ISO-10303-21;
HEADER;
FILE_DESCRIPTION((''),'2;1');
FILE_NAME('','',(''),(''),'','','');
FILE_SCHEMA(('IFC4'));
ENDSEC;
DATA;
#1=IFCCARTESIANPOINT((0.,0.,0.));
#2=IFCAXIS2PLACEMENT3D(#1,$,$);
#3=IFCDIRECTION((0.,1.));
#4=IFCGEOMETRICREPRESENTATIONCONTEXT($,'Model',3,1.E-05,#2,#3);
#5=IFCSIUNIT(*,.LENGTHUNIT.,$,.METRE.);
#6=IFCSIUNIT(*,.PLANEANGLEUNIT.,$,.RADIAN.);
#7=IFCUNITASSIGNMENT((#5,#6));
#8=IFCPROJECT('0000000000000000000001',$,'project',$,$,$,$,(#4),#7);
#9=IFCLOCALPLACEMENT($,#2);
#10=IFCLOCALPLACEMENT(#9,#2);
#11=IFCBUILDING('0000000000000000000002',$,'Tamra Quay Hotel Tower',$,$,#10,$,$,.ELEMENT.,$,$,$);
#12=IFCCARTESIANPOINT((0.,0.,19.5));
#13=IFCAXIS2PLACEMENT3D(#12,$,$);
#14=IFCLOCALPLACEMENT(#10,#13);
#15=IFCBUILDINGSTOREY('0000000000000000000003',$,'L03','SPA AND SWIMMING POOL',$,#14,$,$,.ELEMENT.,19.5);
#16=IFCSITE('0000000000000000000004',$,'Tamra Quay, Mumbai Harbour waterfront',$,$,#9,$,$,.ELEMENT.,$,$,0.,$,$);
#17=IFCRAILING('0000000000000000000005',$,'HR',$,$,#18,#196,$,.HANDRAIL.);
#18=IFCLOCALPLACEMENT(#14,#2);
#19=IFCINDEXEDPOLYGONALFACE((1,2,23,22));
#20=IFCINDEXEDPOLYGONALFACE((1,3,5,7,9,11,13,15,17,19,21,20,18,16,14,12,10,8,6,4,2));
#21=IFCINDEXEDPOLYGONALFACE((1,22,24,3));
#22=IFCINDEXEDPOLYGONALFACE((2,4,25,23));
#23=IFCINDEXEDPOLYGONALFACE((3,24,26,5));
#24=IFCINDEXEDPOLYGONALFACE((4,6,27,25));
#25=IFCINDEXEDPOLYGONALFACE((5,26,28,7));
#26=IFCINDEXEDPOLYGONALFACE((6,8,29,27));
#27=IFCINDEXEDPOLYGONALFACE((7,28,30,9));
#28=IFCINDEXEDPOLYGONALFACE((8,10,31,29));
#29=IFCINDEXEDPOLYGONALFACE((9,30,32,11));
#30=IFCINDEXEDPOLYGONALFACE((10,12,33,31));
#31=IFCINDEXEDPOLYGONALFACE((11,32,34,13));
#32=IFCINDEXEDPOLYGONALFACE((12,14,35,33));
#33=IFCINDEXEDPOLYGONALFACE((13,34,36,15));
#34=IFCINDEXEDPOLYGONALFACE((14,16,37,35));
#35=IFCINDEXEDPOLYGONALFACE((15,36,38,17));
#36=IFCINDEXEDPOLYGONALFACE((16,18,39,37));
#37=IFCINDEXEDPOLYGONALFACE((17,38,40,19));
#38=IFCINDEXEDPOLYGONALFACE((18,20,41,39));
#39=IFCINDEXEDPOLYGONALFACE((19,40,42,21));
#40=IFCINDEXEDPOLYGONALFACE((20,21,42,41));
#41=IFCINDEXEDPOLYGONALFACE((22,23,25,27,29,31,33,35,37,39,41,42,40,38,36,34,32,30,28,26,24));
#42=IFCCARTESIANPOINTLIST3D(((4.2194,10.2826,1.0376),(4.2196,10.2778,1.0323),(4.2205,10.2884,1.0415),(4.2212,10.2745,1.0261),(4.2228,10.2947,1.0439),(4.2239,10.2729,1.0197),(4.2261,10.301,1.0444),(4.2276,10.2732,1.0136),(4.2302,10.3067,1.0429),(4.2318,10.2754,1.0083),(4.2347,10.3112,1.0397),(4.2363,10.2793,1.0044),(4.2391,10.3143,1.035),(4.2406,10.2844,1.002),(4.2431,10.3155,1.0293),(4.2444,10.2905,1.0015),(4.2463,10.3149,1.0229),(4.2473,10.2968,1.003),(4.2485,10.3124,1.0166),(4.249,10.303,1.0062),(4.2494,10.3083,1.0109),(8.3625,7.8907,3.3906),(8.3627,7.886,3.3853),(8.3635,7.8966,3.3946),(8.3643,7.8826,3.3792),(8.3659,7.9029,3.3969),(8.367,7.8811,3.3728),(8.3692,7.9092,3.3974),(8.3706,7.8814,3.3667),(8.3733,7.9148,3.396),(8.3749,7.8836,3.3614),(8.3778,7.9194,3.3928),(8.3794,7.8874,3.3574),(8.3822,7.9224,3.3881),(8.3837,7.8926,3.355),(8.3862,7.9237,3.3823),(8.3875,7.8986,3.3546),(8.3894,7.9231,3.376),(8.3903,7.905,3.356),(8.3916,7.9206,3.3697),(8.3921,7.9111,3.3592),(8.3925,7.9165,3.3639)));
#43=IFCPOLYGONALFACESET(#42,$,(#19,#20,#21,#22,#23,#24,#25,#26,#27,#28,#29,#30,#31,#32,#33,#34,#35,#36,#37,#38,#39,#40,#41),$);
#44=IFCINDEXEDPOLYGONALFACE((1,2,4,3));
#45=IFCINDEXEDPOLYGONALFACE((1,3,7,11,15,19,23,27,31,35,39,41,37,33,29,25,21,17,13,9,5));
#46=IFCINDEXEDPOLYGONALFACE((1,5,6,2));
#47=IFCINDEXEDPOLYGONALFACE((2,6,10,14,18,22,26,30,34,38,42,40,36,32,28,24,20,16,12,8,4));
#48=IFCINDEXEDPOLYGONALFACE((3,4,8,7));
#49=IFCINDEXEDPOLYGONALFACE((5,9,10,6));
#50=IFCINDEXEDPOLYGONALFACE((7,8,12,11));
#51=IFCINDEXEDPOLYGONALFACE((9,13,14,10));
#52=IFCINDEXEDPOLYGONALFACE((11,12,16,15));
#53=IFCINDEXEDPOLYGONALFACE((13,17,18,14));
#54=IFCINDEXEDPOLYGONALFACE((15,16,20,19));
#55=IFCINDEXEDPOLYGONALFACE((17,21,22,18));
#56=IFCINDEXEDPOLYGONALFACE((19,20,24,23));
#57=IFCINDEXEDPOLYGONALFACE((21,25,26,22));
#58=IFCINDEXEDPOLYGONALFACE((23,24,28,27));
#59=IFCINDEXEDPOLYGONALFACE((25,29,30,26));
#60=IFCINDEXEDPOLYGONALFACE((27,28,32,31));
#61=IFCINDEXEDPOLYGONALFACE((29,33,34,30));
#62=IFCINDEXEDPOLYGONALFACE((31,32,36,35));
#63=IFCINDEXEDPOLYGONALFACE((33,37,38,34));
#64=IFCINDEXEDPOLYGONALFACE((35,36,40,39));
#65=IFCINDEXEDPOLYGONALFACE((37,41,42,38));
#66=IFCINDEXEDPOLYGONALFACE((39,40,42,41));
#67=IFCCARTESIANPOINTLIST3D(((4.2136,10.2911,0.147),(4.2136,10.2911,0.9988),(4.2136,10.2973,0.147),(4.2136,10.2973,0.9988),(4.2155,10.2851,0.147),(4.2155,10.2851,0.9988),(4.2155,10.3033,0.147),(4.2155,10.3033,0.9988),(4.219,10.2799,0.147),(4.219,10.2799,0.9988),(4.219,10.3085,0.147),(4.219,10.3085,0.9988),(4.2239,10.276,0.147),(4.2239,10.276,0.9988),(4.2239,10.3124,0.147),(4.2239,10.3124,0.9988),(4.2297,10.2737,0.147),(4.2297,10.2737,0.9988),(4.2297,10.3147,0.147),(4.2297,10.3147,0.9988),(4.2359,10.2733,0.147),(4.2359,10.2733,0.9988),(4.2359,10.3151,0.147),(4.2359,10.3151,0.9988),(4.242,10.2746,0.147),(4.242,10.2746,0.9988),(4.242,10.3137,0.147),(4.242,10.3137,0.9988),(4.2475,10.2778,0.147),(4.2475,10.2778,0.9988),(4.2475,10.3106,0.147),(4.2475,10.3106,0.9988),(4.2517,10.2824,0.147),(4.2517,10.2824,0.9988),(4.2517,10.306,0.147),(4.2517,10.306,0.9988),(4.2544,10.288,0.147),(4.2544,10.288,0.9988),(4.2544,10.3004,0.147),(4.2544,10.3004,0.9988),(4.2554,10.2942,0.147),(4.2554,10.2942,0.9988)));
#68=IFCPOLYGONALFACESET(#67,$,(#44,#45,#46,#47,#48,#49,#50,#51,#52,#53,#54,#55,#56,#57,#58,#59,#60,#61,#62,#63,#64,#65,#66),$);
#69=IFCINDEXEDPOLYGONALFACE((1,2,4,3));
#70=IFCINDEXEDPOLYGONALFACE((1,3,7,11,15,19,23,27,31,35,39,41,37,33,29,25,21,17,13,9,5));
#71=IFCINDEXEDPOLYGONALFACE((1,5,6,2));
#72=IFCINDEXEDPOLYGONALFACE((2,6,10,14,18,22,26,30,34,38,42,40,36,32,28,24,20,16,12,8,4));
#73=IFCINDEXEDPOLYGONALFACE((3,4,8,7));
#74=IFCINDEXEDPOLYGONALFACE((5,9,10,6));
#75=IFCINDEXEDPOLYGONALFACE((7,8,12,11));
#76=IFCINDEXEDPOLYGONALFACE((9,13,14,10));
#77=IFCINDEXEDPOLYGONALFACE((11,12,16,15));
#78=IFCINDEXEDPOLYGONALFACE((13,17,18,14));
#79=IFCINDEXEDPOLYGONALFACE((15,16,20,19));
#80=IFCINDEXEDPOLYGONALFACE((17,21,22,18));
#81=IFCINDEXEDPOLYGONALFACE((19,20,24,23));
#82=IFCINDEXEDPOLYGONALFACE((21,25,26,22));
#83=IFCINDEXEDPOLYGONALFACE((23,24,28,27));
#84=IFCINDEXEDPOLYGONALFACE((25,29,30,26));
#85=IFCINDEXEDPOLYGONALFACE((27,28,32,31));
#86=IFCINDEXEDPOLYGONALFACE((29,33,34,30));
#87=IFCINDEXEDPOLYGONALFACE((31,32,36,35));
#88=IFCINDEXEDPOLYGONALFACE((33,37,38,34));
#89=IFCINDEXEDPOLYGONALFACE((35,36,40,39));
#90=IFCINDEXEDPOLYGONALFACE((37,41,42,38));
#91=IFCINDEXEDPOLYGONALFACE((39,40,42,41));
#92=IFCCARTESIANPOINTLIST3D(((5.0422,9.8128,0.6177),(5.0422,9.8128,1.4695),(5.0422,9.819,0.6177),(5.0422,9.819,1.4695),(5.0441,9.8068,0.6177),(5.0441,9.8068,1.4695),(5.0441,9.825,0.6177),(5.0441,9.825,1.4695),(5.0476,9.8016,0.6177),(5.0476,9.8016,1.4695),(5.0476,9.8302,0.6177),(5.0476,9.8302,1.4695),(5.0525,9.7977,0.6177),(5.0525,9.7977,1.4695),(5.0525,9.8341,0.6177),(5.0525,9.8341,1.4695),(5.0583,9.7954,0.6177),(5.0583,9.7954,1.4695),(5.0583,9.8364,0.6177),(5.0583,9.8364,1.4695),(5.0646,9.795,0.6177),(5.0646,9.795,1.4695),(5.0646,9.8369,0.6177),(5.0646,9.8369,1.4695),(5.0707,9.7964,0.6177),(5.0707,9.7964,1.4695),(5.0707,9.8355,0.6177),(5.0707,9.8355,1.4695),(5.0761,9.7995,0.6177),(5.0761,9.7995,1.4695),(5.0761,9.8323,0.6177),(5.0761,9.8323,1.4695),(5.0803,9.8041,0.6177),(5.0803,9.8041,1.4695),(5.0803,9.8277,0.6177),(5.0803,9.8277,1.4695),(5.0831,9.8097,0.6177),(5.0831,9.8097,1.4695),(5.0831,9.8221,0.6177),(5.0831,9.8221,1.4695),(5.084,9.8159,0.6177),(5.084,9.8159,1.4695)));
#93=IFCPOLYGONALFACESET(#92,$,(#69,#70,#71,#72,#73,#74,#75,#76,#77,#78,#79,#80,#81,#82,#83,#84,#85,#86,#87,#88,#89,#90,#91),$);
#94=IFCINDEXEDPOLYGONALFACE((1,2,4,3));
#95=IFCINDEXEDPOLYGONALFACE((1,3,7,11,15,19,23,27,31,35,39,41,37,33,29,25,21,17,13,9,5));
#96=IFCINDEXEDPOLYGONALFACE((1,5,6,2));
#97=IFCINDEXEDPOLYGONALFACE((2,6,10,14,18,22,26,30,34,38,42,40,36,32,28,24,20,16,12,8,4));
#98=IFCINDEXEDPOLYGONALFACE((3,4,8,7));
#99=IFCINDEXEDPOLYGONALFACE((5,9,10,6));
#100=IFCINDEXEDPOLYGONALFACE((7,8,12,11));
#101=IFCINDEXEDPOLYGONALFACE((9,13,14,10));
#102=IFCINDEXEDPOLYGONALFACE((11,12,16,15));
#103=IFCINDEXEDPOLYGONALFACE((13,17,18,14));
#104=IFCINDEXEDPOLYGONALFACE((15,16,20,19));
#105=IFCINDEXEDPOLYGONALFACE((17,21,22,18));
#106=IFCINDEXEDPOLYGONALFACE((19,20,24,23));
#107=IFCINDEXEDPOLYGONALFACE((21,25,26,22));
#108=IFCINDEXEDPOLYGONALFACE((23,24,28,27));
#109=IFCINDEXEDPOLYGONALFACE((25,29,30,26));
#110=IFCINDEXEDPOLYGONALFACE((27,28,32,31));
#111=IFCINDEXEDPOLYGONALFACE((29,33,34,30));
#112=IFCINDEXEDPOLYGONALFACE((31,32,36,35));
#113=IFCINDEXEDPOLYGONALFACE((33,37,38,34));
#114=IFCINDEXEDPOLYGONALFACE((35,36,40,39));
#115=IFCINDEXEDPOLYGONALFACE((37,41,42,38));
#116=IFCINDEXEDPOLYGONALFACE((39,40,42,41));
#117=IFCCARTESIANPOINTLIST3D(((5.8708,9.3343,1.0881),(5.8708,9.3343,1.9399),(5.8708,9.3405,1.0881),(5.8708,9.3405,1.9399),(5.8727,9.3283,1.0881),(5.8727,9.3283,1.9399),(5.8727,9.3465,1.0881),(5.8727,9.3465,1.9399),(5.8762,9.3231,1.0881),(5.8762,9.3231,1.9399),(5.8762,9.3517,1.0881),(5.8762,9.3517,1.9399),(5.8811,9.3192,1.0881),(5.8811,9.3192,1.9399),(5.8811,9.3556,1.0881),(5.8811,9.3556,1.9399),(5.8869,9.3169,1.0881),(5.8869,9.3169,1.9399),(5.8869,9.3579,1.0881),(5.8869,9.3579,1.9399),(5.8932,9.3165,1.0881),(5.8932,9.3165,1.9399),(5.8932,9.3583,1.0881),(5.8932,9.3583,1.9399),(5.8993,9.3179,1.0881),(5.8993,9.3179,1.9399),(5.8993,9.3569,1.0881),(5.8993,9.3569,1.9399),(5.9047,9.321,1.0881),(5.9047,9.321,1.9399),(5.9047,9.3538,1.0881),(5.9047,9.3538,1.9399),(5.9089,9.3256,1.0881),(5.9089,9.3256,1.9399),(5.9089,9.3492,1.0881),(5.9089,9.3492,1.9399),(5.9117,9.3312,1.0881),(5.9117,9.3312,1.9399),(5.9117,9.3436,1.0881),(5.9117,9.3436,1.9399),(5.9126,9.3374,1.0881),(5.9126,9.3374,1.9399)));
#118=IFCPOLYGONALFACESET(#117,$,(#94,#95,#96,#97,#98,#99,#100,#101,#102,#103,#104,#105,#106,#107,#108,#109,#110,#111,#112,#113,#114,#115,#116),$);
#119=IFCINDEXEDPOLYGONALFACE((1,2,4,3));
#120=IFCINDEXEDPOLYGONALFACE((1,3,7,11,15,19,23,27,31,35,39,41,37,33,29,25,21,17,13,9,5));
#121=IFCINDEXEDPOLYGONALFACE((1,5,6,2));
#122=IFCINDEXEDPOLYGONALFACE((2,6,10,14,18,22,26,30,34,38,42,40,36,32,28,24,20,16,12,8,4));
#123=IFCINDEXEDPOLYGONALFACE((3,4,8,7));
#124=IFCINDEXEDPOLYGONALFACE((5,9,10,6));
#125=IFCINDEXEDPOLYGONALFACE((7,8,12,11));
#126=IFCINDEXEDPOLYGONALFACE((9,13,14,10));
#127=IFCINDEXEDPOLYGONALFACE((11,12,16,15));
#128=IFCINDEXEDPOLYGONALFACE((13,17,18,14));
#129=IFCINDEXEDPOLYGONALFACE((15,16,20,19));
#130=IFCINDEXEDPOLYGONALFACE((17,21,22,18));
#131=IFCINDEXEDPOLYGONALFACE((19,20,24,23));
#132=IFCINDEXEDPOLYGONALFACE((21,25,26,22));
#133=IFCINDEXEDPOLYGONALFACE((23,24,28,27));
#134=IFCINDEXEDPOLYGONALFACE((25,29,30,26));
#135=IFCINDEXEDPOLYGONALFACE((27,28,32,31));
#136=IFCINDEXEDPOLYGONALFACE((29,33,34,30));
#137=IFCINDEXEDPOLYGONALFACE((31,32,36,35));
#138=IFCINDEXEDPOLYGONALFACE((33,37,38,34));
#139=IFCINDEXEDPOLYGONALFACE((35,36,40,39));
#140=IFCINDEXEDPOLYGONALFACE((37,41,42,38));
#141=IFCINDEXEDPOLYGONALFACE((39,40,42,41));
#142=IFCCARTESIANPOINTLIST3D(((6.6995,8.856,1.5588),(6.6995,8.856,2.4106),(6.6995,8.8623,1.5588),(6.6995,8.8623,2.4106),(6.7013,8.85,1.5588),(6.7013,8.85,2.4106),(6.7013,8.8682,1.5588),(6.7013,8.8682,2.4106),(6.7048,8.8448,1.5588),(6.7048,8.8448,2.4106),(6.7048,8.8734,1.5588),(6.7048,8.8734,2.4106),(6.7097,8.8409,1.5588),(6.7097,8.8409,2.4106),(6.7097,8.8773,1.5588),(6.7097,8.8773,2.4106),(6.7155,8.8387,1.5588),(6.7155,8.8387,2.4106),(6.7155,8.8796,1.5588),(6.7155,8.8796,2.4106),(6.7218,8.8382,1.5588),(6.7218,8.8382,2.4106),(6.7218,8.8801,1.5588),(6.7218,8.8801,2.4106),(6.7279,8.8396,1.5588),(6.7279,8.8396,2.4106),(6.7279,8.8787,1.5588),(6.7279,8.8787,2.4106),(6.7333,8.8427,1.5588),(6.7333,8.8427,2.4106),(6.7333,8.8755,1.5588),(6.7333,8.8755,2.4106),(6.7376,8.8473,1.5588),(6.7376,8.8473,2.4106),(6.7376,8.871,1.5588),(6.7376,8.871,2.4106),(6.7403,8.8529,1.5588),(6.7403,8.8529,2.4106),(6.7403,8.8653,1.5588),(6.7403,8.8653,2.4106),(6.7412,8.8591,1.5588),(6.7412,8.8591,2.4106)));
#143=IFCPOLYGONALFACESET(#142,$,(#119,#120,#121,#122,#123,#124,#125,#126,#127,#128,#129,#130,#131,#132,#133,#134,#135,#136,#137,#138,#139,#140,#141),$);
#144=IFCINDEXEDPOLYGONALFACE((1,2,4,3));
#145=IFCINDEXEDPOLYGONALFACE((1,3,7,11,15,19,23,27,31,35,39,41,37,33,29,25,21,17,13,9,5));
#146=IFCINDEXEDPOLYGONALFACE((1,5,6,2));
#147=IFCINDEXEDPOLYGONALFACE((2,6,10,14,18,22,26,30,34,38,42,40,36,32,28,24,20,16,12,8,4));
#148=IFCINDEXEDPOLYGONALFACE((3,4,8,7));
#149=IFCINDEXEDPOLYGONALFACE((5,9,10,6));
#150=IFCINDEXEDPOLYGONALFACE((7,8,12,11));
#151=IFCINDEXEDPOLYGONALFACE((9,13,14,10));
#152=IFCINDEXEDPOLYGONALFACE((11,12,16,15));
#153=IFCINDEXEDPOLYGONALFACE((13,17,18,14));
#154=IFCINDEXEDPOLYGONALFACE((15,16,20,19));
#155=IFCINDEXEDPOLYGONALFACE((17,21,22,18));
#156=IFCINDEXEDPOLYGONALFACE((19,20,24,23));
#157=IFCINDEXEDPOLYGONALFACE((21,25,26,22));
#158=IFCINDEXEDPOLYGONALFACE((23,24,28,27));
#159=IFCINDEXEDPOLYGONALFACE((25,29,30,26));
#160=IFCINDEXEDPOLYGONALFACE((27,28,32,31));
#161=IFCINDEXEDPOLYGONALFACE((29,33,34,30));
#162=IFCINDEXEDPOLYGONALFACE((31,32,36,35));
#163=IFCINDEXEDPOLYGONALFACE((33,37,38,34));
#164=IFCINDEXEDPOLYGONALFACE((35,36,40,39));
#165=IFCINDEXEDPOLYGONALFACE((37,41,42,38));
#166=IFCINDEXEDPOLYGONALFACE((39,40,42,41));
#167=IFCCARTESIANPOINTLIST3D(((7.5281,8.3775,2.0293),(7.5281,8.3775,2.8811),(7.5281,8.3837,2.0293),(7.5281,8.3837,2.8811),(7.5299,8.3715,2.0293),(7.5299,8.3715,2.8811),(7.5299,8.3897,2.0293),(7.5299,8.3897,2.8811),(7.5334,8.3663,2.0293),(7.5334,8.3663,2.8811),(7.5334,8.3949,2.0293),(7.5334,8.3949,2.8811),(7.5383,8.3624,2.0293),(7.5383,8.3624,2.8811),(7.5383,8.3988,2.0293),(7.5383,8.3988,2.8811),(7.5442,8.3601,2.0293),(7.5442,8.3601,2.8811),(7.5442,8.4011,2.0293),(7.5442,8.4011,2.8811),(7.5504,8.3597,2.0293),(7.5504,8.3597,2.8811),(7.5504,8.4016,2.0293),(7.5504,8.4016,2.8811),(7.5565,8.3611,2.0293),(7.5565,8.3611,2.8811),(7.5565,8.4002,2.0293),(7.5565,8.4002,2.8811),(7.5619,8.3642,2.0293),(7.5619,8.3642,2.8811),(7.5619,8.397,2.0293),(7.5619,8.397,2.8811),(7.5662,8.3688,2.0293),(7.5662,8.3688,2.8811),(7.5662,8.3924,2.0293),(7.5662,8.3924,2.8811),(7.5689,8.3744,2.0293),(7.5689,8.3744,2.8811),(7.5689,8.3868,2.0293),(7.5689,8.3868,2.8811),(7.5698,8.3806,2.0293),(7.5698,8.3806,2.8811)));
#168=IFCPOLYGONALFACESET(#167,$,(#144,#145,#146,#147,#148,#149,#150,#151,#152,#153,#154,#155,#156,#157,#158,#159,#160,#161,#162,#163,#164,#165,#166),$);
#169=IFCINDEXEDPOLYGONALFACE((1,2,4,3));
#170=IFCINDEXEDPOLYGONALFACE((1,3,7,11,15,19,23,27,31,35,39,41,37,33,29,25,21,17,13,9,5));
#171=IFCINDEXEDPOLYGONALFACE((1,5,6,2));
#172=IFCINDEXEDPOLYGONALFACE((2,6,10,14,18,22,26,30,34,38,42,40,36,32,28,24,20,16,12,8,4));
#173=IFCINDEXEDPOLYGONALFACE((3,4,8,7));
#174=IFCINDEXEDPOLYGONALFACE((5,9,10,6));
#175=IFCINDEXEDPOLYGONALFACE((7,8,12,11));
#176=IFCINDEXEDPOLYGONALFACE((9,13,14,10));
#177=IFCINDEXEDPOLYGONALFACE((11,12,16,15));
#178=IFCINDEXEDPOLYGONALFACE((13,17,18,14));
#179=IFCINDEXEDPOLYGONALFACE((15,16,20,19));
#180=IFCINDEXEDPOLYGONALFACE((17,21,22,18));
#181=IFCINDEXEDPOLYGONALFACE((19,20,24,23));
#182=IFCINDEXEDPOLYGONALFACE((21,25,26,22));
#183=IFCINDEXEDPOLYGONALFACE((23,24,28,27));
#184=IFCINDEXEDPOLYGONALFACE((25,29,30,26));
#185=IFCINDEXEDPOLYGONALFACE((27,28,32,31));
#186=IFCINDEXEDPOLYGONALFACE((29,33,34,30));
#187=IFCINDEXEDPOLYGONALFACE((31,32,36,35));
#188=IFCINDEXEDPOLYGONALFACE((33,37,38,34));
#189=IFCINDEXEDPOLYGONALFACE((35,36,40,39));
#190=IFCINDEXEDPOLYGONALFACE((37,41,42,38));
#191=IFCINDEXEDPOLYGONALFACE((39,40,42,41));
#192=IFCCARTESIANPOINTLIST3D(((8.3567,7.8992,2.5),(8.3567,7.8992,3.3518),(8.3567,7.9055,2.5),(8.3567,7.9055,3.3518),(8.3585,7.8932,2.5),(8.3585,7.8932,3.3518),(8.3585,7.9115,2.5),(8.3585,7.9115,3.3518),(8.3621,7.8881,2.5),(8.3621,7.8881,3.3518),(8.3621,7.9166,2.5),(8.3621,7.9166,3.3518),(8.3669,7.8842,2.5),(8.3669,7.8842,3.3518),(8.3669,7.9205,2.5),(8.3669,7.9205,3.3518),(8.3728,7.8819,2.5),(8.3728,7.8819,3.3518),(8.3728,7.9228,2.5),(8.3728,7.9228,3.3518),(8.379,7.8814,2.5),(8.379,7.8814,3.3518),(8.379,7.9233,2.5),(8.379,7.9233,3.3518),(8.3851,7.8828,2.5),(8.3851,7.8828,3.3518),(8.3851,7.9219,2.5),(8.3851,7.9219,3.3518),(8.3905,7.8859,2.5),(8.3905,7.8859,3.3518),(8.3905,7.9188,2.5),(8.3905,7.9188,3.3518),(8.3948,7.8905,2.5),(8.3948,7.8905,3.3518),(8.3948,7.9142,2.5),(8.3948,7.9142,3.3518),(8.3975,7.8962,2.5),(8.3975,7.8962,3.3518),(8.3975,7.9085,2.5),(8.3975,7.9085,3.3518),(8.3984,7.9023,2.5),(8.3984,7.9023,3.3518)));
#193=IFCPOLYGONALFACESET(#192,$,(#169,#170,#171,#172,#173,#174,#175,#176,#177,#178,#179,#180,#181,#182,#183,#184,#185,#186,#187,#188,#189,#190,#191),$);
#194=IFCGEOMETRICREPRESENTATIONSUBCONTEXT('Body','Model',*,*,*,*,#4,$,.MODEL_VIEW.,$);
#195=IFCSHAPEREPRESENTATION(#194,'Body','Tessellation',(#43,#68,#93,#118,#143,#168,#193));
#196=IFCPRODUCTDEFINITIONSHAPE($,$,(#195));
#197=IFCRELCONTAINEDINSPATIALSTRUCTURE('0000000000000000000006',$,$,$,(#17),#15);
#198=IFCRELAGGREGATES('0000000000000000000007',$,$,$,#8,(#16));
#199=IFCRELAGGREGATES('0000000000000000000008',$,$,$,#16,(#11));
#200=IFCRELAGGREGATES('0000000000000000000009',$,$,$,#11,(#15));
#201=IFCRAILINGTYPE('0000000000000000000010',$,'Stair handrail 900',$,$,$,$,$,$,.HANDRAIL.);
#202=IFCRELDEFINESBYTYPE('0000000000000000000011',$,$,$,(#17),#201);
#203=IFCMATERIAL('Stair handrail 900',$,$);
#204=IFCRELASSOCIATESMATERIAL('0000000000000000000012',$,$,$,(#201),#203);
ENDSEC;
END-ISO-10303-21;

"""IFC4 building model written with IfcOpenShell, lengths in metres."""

from ifc_helpers import new_model, si_unit, direction, frame, origin, origin_2d, place, context, subcontext, project, spatial, circle, extrude, material, type_object, element, save


model = new_model("IFC4")

# Units and contexts
model_context = context("Model", 3, precision=1e-05, world=origin(), true_north=direction((0.0, 1.0)))
body_context = subcontext(model_context, "Body", "Model", "MODEL_VIEW")
ifc_project = project(units=[si_unit("LENGTHUNIT", "METRE"), si_unit("PLANEANGLEUNIT", "RADIAN")], contexts=[model_context])

# Site, building, storey
site_placement = place(None, origin())
site = spatial("IfcSite", under=ifc_project, at=site_placement, Name="Tamra Quay, Mumbai Harbour waterfront", CompositionType="ELEMENT", RefElevation=0.0)
building_placement = place(site_placement, origin())
building = spatial("IfcBuilding", under=site, at=building_placement, Name="Tamra Quay Hotel Tower", CompositionType="ELEMENT")
storey_placement = place(building_placement, frame((0.0, 0.0, 19.5)))
storey = spatial("IfcBuildingStorey", under=building, at=storey_placement, Name="L03", Description="SPA AND SWIMMING POOL", CompositionType="ELEMENT", Elevation=19.5)

# Railing
ifc_material_1 = material(Name="Stair handrail 900")
railing_type_1 = type_object("IfcRailingType", Name="Stair handrail 900", PredefinedType="HANDRAIL", material=ifc_material_1)
railing_1_placement = place(storey_placement, frame((4.2344, 10.2942, 0.147)))
element("IfcRailing", 1, at=railing_1_placement, inside=storey, type_object=railing_type_1, Name="HR", PredefinedType="HANDRAIL", context=body_context, shape_type="SweptSolid", body=[
    extrude(circle(Radius=0.0239, at=origin_2d()), frame((0.0, 0.0, 0.876), z_axis=(0.777123, -0.448643, 0.441362), x_axis=(0.499976, 0.866039, 0.0)), (0.0, 0.0, 1.0), 5.3313),
    extrude(circle(Radius=0.021, at=origin_2d()), origin(), (0.0, 0.0, 1.0), 0.8518),
    extrude(circle(Radius=0.021, at=origin_2d()), frame((0.8286, -0.4783, 0.4707)), (0.0, 0.0, 1.0), 0.8518),
    extrude(circle(Radius=0.021, at=origin_2d()), frame((1.6572, -0.9568, 0.9412)), (0.0, 0.0, 1.0), 0.8518),
    extrude(circle(Radius=0.021, at=origin_2d()), frame((2.4858, -1.4351, 1.4119)), (0.0, 0.0, 1.0), 0.8518),
    extrude(circle(Radius=0.021, at=origin_2d()), frame((3.3145, -1.9136, 1.8823)), (0.0, 0.0, 1.0), 0.8518),
    extrude(circle(Radius=0.021, at=origin_2d()), frame((4.1431, -2.3918, 2.353)), (0.0, 0.0, 1.0), 0.8518),
])

save(model, "model.ifc")
